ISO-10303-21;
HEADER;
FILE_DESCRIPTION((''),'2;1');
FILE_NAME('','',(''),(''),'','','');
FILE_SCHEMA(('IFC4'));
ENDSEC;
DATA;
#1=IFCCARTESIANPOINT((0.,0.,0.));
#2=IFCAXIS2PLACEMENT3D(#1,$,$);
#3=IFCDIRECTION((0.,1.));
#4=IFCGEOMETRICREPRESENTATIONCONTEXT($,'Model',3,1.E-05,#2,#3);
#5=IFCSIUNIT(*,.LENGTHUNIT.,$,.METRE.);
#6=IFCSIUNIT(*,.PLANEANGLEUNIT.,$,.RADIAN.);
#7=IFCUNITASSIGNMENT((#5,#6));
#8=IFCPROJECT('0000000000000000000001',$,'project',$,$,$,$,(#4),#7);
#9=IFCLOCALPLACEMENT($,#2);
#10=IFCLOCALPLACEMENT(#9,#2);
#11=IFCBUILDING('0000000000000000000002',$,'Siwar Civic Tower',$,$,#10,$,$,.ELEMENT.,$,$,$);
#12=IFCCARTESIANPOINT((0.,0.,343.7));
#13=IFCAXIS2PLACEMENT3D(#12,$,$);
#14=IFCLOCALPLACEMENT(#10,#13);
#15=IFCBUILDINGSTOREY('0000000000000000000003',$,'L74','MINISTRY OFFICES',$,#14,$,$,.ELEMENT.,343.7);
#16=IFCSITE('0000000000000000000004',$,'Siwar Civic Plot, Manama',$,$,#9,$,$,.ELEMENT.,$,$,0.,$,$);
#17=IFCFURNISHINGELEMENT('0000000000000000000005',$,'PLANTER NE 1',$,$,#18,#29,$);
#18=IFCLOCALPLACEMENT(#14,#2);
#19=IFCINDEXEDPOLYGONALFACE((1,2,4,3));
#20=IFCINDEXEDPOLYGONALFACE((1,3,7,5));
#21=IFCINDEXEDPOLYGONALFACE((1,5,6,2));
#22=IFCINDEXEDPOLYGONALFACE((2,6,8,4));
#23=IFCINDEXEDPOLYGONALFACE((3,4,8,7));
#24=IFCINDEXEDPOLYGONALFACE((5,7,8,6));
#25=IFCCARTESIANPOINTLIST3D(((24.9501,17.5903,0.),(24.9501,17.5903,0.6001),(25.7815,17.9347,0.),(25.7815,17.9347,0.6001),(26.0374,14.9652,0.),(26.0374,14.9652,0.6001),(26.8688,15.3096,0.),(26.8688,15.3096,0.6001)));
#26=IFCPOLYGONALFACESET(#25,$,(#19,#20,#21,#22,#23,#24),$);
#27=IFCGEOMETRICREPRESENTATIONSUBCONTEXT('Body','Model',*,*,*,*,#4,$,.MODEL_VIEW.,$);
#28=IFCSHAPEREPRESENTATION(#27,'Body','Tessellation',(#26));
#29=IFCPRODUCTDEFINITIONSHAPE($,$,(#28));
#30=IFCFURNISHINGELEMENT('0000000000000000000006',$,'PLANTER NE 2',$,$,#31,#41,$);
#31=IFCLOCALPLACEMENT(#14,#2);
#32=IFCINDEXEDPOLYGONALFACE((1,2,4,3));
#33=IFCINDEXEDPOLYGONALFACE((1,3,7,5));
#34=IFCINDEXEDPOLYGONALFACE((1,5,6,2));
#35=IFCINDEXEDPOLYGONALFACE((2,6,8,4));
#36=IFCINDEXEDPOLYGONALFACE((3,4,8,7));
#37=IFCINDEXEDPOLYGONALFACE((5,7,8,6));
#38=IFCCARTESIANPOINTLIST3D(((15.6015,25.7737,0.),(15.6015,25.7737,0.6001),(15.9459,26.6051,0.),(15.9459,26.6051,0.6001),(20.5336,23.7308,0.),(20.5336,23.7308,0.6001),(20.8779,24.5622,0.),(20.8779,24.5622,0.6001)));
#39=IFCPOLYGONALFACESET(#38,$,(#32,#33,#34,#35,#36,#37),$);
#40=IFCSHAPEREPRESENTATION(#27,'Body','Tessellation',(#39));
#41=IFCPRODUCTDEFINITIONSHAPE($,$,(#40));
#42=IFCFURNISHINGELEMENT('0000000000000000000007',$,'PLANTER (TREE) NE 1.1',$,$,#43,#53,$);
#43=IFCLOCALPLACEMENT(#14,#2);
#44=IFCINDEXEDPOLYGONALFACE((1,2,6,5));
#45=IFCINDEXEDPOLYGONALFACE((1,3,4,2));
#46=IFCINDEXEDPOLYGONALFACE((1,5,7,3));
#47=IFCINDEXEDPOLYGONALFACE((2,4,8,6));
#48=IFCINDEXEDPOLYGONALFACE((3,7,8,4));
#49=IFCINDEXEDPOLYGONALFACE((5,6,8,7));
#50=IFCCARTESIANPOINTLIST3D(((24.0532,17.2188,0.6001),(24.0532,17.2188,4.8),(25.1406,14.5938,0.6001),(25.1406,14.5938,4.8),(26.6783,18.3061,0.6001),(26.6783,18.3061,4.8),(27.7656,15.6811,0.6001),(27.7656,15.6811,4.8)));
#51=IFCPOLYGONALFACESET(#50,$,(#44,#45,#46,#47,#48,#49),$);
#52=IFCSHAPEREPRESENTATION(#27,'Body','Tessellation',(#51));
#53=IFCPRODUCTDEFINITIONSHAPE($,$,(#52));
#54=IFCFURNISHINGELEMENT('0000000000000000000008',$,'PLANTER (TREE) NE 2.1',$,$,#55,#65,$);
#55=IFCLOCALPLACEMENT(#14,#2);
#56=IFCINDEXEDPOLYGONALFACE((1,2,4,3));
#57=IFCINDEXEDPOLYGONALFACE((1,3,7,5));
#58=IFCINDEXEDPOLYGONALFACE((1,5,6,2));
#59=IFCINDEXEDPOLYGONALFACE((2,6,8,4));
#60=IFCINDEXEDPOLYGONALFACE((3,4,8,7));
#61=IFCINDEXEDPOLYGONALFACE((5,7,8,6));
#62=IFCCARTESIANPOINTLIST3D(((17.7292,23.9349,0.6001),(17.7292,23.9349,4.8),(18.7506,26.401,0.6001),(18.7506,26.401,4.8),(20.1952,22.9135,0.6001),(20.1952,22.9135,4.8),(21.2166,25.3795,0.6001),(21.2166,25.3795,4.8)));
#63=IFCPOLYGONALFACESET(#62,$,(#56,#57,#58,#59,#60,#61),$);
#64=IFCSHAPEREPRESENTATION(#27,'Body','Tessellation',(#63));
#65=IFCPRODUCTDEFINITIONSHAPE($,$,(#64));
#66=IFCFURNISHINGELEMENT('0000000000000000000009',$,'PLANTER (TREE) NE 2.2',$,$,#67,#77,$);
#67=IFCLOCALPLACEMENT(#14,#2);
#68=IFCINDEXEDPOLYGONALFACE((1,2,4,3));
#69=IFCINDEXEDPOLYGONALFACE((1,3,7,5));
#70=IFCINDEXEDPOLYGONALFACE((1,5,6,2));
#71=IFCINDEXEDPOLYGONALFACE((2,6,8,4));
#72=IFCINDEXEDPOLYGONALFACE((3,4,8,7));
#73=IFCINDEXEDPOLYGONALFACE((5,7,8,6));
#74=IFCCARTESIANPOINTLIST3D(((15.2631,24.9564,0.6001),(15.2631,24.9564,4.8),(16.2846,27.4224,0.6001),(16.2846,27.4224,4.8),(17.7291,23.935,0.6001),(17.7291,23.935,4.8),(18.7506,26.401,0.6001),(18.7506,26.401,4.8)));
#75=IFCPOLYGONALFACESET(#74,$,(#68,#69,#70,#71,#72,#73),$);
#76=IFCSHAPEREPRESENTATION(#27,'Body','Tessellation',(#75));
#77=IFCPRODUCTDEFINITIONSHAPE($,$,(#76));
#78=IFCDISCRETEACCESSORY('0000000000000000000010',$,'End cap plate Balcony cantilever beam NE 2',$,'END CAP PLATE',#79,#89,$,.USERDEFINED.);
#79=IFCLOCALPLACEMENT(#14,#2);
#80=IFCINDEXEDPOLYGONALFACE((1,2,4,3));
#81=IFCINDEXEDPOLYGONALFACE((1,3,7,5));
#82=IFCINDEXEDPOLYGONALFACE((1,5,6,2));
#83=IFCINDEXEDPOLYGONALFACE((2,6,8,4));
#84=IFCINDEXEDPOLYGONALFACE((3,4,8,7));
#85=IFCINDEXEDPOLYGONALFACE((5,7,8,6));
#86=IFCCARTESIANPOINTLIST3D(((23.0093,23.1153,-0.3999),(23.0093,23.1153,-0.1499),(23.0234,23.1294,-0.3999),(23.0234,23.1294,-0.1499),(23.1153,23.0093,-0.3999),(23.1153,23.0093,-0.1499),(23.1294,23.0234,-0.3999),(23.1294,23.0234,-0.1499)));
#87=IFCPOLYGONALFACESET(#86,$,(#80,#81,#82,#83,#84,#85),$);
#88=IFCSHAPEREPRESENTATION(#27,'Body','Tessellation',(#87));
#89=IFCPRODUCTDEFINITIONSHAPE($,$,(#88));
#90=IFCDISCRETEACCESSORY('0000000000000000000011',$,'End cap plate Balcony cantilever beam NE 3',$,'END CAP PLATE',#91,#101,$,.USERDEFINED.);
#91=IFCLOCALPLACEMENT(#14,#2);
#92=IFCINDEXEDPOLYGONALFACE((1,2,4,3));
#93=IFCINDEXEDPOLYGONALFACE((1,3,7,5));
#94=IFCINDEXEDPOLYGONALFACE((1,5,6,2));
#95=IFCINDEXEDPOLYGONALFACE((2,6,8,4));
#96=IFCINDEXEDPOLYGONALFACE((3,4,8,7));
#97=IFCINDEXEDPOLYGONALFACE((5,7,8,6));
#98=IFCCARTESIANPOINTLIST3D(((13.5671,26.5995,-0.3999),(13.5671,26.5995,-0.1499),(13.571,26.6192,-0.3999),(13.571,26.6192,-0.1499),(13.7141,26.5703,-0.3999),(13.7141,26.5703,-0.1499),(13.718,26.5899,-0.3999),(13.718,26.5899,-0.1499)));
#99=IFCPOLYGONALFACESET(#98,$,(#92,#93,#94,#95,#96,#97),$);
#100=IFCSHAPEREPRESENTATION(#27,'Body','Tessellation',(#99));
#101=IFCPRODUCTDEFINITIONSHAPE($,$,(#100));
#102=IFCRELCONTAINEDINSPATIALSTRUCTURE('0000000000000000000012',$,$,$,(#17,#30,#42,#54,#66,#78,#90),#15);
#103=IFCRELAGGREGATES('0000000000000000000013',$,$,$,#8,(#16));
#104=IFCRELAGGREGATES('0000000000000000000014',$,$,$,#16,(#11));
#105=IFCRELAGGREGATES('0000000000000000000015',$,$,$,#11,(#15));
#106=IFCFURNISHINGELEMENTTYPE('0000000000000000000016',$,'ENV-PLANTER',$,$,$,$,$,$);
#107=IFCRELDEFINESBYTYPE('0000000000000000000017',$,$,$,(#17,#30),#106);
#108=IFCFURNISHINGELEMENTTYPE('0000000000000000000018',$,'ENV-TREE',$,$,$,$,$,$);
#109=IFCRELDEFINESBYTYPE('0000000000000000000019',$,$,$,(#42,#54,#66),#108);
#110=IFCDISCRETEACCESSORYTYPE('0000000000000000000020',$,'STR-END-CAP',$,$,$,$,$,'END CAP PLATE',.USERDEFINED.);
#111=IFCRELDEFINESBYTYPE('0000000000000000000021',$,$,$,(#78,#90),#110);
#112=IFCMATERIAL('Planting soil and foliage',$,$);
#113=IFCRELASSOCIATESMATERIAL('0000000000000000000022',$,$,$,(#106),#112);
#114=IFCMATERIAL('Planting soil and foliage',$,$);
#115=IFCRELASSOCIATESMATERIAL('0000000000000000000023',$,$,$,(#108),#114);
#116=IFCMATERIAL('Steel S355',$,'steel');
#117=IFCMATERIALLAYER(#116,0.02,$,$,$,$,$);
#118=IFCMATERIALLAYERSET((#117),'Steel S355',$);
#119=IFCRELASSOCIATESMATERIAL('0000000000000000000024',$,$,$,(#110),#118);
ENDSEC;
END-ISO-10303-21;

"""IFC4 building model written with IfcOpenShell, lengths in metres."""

from ifc_helpers import new_model, si_unit, direction, frame, origin, origin_2d, place, context, subcontext, project, spatial, rectangle, extrude, material, layer, layer_set, type_object, element, save


model = new_model("IFC4")

# Units and contexts
model_context = context("Model", 3, precision=1e-05, world=origin(), true_north=direction((0.0, 1.0)))
body_context = subcontext(model_context, "Body", "Model", "MODEL_VIEW")
ifc_project = project(units=[si_unit("LENGTHUNIT", "METRE"), si_unit("PLANEANGLEUNIT", "RADIAN")], contexts=[model_context])

# Site, building, storey
site_placement = place(None, origin())
site = spatial("IfcSite", under=ifc_project, at=site_placement, Name="Siwar Civic Plot, Manama", CompositionType="ELEMENT", RefElevation=0.0)
building_placement = place(site_placement, origin())
building = spatial("IfcBuilding", under=site, at=building_placement, Name="Siwar Civic Tower", CompositionType="ELEMENT")
storey_placement = place(building_placement, frame((0.0, 0.0, 343.7)))
storey = spatial("IfcBuildingStorey", under=building, at=storey_placement, Name="L74", Description="MINISTRY OFFICES", CompositionType="ELEMENT", Elevation=343.7)

# Furnishing elements
ifc_material_1 = material(Name="Planting soil and foliage")
furnishing_element_type_1 = type_object("IfcFurnishingElementType", Name="ENV-PLANTER", material=ifc_material_1)
furnishing_1_placement = place(storey_placement, frame((25.9094, 16.45, 0.0), z_axis=(0.0, 0.0, 1.0), x_axis=(-0.382683, 0.92388, 0.0)))
element("IfcFurnishingElement", 1, at=furnishing_1_placement, inside=storey, type_object=furnishing_element_type_1, Name="PLANTER NE 1", context=body_context, shape_type="SweptSolid", body=[
    extrude(rectangle(XDim=2.8413, YDim=0.8999, at=origin_2d()), origin(), (0.0, 0.0, 1.0), 0.6001),
])
furnishing_2_placement = place(storey_placement, frame((18.2397, 25.168, 0.0), z_axis=(0.0, 0.0, 1.0), x_axis=(-0.92388, 0.382683, 0.0)))
element("IfcFurnishingElement", 2, at=furnishing_2_placement, inside=storey, type_object=furnishing_element_type_1, Name="PLANTER NE 2", context=body_context, shape_type="SweptSolid", body=[
    extrude(rectangle(XDim=5.3384, YDim=0.8999, at=origin_2d()), origin(), (0.0, 0.0, 1.0), 0.6001),
])
ifc_material_2 = material(Name="Planting soil and foliage")
furnishing_element_type_2 = type_object("IfcFurnishingElementType", Name="ENV-TREE", material=ifc_material_2)
furnishing_3_placement = place(storey_placement, frame((25.9094, 16.45, 0.6001), z_axis=(0.0, 0.0, 1.0), x_axis=(-0.382683, 0.92388, 0.0)))
element("IfcFurnishingElement", 3, at=furnishing_3_placement, inside=storey, type_object=furnishing_element_type_2, Name="PLANTER (TREE) NE 1.1", context=body_context, shape_type="SweptSolid", body=[
    extrude(rectangle(XDim=2.8413, YDim=2.8413, at=origin_2d()), origin(), (0.0, 0.0, 1.0), 4.2),
])
for number, where, z_axis, x_axis, name in (
    (4, (19.4729, 24.6572, 0.6001), (0.0, 0.0, 1.0), (-0.92388, 0.382683, 0.0), "PLANTER (TREE) NE 2.1"),
    (5, (17.0068, 25.6787, 0.6001), (0.0, 0.0, 1.0), (-0.92388, 0.382683, 0.0), "PLANTER (TREE) NE 2.2"),
):
    element("IfcFurnishingElement", number, at=place(storey_placement, frame(where, z_axis=z_axis, x_axis=x_axis)), inside=storey, type_object=furnishing_element_type_2, Name=name, context=body_context, shape_type="SweptSolid", body=[
        extrude(rectangle(XDim=2.6692, YDim=2.6692, at=origin_2d()), origin(), (0.0, 0.0, 1.0), 4.2),
    ])

# Discrete accessories
ifc_material_3 = material(Name="Steel S355", Category="steel")
ifc_layer_1 = layer(ifc_material_3, 0.02)
ifc_layer_set_1 = layer_set([ifc_layer_1], Name="Steel S355")
discrete_accessory_type = type_object("IfcDiscreteAccessoryType", Name="STR-END-CAP", ElementType="END CAP PLATE", PredefinedType="USERDEFINED", material=ifc_layer_set_1)
for number, where, z_axis, x_axis, name in (
    (6, (23.0693, 23.0693, -0.3999), (0.0, 0.0, 1.0), (0.707107, 0.707107, 0.0), "End cap plate Balcony cantilever beam NE 2"),
    (7, (13.6426, 26.5947, -0.3999), (0.0, 0.0, 1.0), (0.19509, 0.980785, 0.0), "End cap plate Balcony cantilever beam NE 3"),
):
    element("IfcDiscreteAccessory", number, at=place(storey_placement, frame(where, z_axis=z_axis, x_axis=x_axis)), inside=storey, type_object=discrete_accessory_type, Name=name, ObjectType="END CAP PLATE", PredefinedType="USERDEFINED", context=body_context, shape_type="SweptSolid", body=[
        extrude(rectangle(XDim=0.02, YDim=0.1499, at=origin_2d()), origin(), (0.0, 0.0, 1.0), 0.25),
    ])

save(model, "model.ifc")
